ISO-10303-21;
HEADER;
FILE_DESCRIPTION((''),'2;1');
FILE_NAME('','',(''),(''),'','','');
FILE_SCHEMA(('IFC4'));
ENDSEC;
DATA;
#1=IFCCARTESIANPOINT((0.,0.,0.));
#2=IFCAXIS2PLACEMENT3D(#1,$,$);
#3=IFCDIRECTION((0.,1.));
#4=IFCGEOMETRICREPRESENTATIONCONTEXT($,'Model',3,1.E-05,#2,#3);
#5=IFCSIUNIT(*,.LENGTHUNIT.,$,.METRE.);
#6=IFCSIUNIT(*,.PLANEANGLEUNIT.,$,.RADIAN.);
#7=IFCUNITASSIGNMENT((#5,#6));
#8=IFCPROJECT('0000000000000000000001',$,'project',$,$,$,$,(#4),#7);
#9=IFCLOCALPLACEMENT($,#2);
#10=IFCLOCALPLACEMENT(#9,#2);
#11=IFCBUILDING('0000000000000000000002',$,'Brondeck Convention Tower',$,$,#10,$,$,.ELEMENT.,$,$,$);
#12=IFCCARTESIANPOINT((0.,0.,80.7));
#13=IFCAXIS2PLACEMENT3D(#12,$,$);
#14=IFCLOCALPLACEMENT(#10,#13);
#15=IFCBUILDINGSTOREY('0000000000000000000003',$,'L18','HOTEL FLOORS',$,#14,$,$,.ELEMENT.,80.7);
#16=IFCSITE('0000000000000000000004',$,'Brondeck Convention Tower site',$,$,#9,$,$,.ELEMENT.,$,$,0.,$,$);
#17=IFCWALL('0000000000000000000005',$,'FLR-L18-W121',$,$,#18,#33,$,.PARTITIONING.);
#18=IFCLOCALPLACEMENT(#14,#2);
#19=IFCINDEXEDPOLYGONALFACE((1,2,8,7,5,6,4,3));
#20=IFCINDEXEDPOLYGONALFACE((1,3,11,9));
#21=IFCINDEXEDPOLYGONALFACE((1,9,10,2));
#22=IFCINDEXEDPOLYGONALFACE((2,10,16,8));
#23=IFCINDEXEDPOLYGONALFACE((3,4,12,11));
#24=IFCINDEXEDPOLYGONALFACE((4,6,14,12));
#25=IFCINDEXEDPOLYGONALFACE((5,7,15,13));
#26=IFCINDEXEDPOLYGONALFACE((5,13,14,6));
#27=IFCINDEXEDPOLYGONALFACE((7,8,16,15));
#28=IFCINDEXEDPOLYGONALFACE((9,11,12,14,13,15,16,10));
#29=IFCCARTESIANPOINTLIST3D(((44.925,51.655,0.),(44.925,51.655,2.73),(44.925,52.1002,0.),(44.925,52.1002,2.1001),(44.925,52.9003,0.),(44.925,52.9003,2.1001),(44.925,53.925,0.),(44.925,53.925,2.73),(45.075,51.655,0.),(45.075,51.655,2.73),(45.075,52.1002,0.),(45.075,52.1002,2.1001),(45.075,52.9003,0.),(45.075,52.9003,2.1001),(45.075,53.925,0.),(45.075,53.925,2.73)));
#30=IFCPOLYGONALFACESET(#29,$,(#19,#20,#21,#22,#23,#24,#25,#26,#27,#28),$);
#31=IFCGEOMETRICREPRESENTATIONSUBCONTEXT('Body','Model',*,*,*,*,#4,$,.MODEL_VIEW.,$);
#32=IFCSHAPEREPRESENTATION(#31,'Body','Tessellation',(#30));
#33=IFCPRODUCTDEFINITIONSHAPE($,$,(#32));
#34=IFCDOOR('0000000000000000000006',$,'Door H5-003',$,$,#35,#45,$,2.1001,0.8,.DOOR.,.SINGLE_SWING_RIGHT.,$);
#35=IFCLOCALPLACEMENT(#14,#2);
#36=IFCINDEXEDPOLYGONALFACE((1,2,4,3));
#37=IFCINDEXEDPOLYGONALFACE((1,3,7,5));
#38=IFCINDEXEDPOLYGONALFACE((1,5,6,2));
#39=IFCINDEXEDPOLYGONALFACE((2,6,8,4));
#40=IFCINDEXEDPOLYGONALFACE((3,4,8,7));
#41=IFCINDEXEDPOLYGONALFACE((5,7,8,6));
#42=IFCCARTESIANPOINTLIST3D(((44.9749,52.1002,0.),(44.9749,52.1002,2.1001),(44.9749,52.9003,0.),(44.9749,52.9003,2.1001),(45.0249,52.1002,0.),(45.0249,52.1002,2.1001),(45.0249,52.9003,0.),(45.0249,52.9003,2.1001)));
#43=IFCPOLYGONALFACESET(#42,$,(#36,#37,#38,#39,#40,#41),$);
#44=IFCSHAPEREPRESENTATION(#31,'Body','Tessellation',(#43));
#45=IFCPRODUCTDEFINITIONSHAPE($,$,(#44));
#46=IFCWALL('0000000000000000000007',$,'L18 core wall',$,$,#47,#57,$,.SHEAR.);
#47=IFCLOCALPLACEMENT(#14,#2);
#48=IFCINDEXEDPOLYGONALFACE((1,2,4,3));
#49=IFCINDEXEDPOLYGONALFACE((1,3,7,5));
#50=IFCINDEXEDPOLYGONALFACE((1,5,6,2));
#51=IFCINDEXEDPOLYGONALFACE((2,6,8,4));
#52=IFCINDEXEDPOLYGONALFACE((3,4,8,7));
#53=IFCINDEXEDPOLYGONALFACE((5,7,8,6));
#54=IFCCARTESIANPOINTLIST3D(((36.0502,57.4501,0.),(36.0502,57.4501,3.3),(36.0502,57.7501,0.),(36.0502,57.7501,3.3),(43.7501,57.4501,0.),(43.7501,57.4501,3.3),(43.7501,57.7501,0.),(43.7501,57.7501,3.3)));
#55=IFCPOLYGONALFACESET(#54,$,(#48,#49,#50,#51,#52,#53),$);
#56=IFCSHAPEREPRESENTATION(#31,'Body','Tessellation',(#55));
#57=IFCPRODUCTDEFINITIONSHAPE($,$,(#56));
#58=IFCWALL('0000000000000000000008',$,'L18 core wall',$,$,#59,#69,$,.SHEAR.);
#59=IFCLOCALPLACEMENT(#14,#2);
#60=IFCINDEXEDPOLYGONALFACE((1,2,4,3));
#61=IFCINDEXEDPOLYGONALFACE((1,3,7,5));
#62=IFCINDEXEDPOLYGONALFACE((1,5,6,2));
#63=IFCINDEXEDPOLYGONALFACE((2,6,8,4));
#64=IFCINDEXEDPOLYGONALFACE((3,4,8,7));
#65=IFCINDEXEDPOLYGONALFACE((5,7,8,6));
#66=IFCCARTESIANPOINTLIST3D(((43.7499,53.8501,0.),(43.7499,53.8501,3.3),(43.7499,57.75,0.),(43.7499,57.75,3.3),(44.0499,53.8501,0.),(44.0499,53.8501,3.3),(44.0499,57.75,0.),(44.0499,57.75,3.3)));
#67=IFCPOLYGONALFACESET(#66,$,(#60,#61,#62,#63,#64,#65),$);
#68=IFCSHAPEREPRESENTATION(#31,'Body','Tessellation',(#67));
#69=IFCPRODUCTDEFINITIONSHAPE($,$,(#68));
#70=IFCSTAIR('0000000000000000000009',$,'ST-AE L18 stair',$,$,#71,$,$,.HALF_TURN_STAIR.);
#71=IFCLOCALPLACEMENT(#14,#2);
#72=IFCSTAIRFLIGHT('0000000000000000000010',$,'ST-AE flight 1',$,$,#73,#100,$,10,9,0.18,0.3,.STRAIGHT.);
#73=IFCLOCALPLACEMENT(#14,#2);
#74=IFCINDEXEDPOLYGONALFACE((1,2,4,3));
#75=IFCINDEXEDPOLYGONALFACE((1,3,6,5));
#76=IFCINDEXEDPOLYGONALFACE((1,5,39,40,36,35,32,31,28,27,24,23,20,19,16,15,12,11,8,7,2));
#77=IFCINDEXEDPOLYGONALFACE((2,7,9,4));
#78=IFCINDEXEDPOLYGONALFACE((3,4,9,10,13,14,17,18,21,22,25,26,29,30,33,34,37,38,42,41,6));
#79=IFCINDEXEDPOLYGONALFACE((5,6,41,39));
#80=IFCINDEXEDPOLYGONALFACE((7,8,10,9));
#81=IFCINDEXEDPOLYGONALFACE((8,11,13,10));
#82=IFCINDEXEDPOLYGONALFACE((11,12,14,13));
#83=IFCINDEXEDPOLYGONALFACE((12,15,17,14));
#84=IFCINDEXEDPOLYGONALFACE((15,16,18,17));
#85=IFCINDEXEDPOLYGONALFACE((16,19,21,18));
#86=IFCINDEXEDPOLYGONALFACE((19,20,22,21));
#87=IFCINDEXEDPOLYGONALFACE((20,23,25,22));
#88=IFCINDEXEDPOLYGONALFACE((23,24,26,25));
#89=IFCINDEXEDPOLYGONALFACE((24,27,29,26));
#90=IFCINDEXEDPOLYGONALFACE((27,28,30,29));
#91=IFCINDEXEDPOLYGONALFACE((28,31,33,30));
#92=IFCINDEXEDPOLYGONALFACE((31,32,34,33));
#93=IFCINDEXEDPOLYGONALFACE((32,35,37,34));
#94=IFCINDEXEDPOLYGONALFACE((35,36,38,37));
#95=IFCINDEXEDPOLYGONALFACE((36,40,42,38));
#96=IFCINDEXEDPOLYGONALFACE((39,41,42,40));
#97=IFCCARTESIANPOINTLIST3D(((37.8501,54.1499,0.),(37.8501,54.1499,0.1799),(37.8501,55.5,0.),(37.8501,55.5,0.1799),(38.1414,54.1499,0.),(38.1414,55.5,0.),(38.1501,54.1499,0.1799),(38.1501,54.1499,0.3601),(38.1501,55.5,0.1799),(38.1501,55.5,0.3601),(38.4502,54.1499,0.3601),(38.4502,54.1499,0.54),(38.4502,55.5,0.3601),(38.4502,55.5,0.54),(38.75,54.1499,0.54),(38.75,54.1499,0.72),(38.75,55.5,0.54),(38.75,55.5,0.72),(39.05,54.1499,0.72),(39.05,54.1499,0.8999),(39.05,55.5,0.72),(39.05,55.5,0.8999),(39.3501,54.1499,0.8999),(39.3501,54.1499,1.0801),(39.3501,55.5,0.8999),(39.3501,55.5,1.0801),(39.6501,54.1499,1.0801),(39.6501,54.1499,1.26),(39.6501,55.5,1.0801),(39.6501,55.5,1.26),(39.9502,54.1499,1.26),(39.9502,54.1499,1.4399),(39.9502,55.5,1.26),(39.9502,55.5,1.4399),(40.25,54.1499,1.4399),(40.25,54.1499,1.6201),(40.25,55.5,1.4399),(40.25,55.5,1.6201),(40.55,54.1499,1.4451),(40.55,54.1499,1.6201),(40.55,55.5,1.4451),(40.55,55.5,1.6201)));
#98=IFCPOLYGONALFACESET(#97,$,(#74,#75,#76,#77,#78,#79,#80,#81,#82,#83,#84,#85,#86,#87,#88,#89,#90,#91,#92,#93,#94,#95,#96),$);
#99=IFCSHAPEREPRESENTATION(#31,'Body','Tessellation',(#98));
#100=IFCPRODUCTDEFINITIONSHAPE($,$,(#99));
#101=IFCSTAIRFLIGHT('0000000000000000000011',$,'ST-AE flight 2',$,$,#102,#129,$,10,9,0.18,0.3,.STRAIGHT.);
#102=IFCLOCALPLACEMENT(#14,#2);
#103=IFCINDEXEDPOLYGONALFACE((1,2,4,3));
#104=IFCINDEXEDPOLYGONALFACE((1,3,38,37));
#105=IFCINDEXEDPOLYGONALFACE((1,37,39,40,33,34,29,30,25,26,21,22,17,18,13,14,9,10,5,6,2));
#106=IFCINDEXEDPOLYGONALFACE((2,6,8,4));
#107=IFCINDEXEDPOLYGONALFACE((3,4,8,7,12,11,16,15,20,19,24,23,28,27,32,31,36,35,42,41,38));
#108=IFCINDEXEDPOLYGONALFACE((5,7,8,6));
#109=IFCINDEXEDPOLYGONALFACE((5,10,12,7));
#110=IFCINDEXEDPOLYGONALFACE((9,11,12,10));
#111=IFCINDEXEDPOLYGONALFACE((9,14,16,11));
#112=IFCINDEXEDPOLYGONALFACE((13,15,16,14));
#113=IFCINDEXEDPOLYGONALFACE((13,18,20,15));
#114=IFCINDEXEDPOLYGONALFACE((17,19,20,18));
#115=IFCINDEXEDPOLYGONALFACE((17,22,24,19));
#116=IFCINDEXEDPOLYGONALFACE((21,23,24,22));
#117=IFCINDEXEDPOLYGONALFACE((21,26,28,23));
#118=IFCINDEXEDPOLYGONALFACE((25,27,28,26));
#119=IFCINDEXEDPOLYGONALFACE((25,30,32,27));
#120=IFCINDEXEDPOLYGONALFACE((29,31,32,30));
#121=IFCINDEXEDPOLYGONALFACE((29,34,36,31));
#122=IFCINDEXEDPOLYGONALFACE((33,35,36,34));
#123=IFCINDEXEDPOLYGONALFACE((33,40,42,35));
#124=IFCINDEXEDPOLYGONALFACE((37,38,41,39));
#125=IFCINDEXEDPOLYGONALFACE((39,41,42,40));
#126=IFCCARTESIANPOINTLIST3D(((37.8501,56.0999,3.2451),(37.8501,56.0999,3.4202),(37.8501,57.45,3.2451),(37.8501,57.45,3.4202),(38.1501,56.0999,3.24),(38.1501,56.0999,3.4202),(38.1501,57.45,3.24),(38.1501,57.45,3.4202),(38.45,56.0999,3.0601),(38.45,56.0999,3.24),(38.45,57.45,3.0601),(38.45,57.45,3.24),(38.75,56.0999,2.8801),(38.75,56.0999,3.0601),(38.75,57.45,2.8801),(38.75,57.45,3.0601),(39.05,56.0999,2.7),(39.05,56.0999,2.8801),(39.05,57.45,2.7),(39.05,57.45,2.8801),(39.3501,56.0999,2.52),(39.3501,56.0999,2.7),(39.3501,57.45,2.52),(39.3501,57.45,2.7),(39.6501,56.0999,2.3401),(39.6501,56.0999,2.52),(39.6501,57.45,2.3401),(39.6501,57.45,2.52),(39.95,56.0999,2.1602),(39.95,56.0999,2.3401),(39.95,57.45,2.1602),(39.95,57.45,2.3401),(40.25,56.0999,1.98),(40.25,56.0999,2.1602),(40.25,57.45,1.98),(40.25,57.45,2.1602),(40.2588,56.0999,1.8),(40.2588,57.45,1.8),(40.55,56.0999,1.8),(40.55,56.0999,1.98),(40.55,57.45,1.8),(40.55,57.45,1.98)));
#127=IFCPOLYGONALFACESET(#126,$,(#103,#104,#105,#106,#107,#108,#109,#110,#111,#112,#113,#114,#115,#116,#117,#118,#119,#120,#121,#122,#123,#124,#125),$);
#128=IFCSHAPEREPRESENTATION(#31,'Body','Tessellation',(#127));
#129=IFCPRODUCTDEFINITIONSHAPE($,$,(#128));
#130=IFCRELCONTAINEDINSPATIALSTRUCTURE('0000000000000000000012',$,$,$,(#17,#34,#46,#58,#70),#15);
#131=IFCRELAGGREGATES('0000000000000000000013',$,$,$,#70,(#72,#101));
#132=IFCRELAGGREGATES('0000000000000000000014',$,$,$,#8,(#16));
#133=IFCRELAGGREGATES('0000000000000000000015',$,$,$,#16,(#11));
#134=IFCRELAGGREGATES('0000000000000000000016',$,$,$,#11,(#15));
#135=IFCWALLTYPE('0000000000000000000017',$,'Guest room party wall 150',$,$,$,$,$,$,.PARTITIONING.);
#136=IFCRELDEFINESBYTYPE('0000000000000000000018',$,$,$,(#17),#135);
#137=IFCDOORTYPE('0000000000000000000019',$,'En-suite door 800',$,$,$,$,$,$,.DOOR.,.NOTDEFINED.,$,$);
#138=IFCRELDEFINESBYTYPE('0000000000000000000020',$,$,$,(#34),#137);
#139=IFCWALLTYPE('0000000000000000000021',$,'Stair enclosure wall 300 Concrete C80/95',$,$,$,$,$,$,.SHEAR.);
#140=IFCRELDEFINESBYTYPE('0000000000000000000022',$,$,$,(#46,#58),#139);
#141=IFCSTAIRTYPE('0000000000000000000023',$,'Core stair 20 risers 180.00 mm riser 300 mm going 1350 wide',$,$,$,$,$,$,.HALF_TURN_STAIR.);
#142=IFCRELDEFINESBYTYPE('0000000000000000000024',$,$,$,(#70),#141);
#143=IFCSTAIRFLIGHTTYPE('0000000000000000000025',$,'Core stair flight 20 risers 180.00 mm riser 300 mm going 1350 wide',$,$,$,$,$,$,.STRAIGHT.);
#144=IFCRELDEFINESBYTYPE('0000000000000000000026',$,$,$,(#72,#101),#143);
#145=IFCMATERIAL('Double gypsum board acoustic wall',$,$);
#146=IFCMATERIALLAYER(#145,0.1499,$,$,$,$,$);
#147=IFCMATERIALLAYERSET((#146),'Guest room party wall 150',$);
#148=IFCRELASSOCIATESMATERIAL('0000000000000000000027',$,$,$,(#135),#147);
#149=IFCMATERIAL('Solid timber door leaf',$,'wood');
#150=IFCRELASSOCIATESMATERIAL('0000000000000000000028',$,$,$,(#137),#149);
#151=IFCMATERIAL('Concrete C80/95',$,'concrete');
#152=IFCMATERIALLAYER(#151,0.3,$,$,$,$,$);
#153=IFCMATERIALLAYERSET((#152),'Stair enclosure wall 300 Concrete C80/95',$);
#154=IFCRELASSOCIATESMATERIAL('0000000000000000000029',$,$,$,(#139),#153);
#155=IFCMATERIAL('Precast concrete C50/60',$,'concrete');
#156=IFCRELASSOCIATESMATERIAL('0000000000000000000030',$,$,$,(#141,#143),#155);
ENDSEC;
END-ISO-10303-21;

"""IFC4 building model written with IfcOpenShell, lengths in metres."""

from ifc_helpers import new_model, si_unit, direction, frame, frame_2d, origin, place, context, subcontext, project, spatial, polyline, rectangle, outline, extrude, material, layer, layer_set, type_object, element, fill, aggregate, save


model = new_model("IFC4")

# Units and contexts
model_context = context("Model", 3, precision=1e-05, world=origin(), true_north=direction((0.0, 1.0)))
body_context = subcontext(model_context, "Body", "Model", "MODEL_VIEW")
ifc_project = project(units=[si_unit("LENGTHUNIT", "METRE"), si_unit("PLANEANGLEUNIT", "RADIAN")], contexts=[model_context])

# Site, building, storey
site_placement = place(None, origin())
site = spatial("IfcSite", under=ifc_project, at=site_placement, Name="Brondeck Convention Tower site", CompositionType="ELEMENT", RefElevation=0.0)
building_placement = place(site_placement, origin())
building = spatial("IfcBuilding", under=site, at=building_placement, Name="Brondeck Convention Tower", CompositionType="ELEMENT")
storey_placement = place(building_placement, frame((0.0, 0.0, 80.7)))
storey = spatial("IfcBuildingStorey", under=building, at=storey_placement, Name="L18", Description="HOTEL FLOORS", CompositionType="ELEMENT", Elevation=80.7)

# Shared definitions
ifc_material_1 = material(Name="Concrete C80/95", Category="concrete")

# Shared definitions
ifc_material_2 = material(Name="Double gypsum board acoustic wall")
ifc_layer_1 = layer(ifc_material_2, 0.1499)
ifc_layer_set_1 = layer_set([ifc_layer_1], Name="Guest room party wall 150")
wall_type_1 = type_object("IfcWallType", Name="Guest room party wall 150", PredefinedType="PARTITIONING", material=ifc_layer_set_1)

# Wall, opening, door
wall_1_placement = place(storey_placement, frame((45.0, 53.925, 0.0), z_axis=(0.0, 0.0, 1.0), x_axis=(0.0, -1.0, 0.0)))
wall_1 = element("IfcWall", 1, at=wall_1_placement, inside=storey, type_object=wall_type_1, Name="FLR-L18-W121", PredefinedType="PARTITIONING", context=body_context, shape_type="SweptSolid", body=[
    extrude(rectangle(XDim=2.27, YDim=0.1499, at=frame_2d((1.135, 0.0))), origin(), (0.0, 0.0, 1.0), 2.73),
])
opening_1_placement = place(wall_1_placement, frame((1.0249, 0.0, 0.0)))
opening_1 = element("IfcOpeningElement", 2, at=opening_1_placement, cuts=wall_1, PredefinedType="OPENING", context=body_context, shape_type="SweptSolid", body=[
    extrude(rectangle(XDim=0.8, YDim=2.1001, at=frame_2d((0.3999, 1.05))), frame((0.0, 0.085, 0.0), z_axis=(0.0, -1.0, 0.0), x_axis=(1.0, 0.0, 0.0)), (0.0, 0.0, 1.0), 0.1699),
])
ifc_material_3 = material(Name="Solid timber door leaf", Category="wood")
door_type = type_object("IfcDoorType", Name="En-suite door 800", OperationType="NOTDEFINED", PredefinedType="DOOR", material=ifc_material_3)
door_placement = place(opening_1_placement, origin())
door = element("IfcDoor", 3, at=door_placement, inside=storey, type_object=door_type, Name="Door H5-003", OperationType="SINGLE_SWING_RIGHT", OverallHeight=2.1001, OverallWidth=0.8, PredefinedType="DOOR", context=body_context, shape_type="SweptSolid", body=[
    extrude(rectangle(XDim=0.8, YDim=2.1001, at=frame_2d((0.3999, 1.05))), frame((0.0, 0.0249, 0.0), z_axis=(0.0, -1.0, 0.0), x_axis=(1.0, 0.0, 0.0)), (0.0, 0.0, 1.0), 0.05),
])
fill(opening_1, door)

# Walls
ifc_layer_2 = layer(ifc_material_1, 0.3)
ifc_layer_set_2 = layer_set([ifc_layer_2], Name="Stair enclosure wall 300 Concrete C80/95")
wall_type_2 = type_object("IfcWallType", Name="Stair enclosure wall 300 Concrete C80/95", PredefinedType="SHEAR", material=ifc_layer_set_2)
wall_2_placement = place(storey_placement, frame((36.05, 57.6001, 0.0), z_axis=(0.0, 0.0, 1.0), x_axis=(1.0, 0.0, 0.0)))
element("IfcWall", 4, at=wall_2_placement, inside=storey, type_object=wall_type_2, Name="L18 core wall", PredefinedType="SHEAR", context=body_context, shape_type="SweptSolid", body=[
    extrude(rectangle(XDim=7.7, YDim=0.3, at=frame_2d((3.8501, 0.0))), origin(), (0.0, 0.0, 1.0), 3.3),
])
wall_3_placement = place(storey_placement, frame((43.8999, 53.8501, 0.0), z_axis=(0.0, 0.0, 1.0), x_axis=(0.0, 1.0, 0.0)))
element("IfcWall", 5, at=wall_3_placement, inside=storey, type_object=wall_type_2, Name="L18 core wall", PredefinedType="SHEAR", context=body_context, shape_type="SweptSolid", body=[
    extrude(rectangle(XDim=3.8999, YDim=0.3, at=frame_2d((1.95, 0.0))), origin(), (0.0, 0.0, 1.0), 3.3),
])

# Stair, stair flights
ifc_material_4 = material(Name="Precast concrete C50/60", Category="concrete")
stair_type = type_object("IfcStairType", Name="Core stair 20 risers 180.00 mm riser 300 mm going 1350 wide", PredefinedType="HALF_TURN_STAIR", material=ifc_material_4)
stair_placement = place(storey_placement, origin())
stair = element("IfcStair", 6, at=stair_placement, inside=storey, type_object=stair_type, Name="ST-AE L18 stair", PredefinedType="HALF_TURN_STAIR")
stair_flight_type = type_object("IfcStairFlightType", Name="Core stair flight 20 risers 180.00 mm riser 300 mm going 1350 wide", PredefinedType="STRAIGHT", material=ifc_material_4)
stair_flight_1_placement = place(storey_placement, frame((37.8501, 54.825, 0.0), z_axis=(0.0, 0.0, 1.0), x_axis=(1.0, 0.0, 0.0)))
stair_flight_1 = element("IfcStairFlight", 7, at=stair_flight_1_placement, type_object=stair_flight_type, Name="ST-AE flight 1", NumberOfRisers=10, NumberOfTreads=9, PredefinedType="STRAIGHT", RiserHeight=0.18, TreadLength=0.3, context=body_context, shape_type="SweptSolid", body=[
    extrude(outline(polyline([(0.0, 0.0), (0.0, 0.1799), (0.3, 0.1799), (0.3, 0.3601), (0.6001, 0.3601), (0.6001, 0.54), (0.8999, 0.54), (0.8999, 0.72), (1.2, 0.72), (1.2, 0.8999), (1.5, 0.8999), (1.5, 1.0801), (1.8, 1.0801), (1.8, 1.26), (2.1001, 1.26), (2.1001, 1.4399), (2.3999, 1.4399), (2.3999, 1.6201), (2.7, 1.6201), (2.7, 1.8), (2.7, 1.4451), (0.2913, 0.0), (0.0, 0.0)])), frame((0.0, 0.675, 0.0), z_axis=(0.0, -1.0, 0.0), x_axis=(1.0, 0.0, 0.0)), (0.0, 0.0, 1.0), 1.3501),
])
stair_flight_2_placement = place(storey_placement, frame((40.55, 56.7749, 1.8), z_axis=(0.0, 0.0, 1.0), x_axis=(-1.0, 0.0, 0.0)))
stair_flight_2 = element("IfcStairFlight", 8, at=stair_flight_2_placement, type_object=stair_flight_type, Name="ST-AE flight 2", NumberOfRisers=10, NumberOfTreads=9, PredefinedType="STRAIGHT", RiserHeight=0.18, TreadLength=0.3, context=body_context, shape_type="SweptSolid", body=[
    extrude(outline(polyline([(0.0, 0.0), (0.0, 0.1799), (0.3, 0.1799), (0.3, 0.3601), (0.6001, 0.3601), (0.6001, 0.54), (0.8999, 0.54), (0.8999, 0.72), (1.2, 0.72), (1.2, 0.8999), (1.5, 0.8999), (1.5, 1.0801), (1.8, 1.0801), (1.8, 1.26), (2.1001, 1.26), (2.1001, 1.4399), (2.3999, 1.4399), (2.3999, 1.6201), (2.7, 1.6201), (2.7, 1.8), (2.7, 1.4451), (0.2913, 0.0), (0.0, 0.0)])), frame((0.0, 0.675, 0.0), z_axis=(0.0, -1.0, 0.0), x_axis=(1.0, 0.0, 0.0)), (0.0, 0.0, 1.0), 1.3501),
])
aggregate(stair, [stair_flight_1, stair_flight_2])

save(model, "model.ifc")
